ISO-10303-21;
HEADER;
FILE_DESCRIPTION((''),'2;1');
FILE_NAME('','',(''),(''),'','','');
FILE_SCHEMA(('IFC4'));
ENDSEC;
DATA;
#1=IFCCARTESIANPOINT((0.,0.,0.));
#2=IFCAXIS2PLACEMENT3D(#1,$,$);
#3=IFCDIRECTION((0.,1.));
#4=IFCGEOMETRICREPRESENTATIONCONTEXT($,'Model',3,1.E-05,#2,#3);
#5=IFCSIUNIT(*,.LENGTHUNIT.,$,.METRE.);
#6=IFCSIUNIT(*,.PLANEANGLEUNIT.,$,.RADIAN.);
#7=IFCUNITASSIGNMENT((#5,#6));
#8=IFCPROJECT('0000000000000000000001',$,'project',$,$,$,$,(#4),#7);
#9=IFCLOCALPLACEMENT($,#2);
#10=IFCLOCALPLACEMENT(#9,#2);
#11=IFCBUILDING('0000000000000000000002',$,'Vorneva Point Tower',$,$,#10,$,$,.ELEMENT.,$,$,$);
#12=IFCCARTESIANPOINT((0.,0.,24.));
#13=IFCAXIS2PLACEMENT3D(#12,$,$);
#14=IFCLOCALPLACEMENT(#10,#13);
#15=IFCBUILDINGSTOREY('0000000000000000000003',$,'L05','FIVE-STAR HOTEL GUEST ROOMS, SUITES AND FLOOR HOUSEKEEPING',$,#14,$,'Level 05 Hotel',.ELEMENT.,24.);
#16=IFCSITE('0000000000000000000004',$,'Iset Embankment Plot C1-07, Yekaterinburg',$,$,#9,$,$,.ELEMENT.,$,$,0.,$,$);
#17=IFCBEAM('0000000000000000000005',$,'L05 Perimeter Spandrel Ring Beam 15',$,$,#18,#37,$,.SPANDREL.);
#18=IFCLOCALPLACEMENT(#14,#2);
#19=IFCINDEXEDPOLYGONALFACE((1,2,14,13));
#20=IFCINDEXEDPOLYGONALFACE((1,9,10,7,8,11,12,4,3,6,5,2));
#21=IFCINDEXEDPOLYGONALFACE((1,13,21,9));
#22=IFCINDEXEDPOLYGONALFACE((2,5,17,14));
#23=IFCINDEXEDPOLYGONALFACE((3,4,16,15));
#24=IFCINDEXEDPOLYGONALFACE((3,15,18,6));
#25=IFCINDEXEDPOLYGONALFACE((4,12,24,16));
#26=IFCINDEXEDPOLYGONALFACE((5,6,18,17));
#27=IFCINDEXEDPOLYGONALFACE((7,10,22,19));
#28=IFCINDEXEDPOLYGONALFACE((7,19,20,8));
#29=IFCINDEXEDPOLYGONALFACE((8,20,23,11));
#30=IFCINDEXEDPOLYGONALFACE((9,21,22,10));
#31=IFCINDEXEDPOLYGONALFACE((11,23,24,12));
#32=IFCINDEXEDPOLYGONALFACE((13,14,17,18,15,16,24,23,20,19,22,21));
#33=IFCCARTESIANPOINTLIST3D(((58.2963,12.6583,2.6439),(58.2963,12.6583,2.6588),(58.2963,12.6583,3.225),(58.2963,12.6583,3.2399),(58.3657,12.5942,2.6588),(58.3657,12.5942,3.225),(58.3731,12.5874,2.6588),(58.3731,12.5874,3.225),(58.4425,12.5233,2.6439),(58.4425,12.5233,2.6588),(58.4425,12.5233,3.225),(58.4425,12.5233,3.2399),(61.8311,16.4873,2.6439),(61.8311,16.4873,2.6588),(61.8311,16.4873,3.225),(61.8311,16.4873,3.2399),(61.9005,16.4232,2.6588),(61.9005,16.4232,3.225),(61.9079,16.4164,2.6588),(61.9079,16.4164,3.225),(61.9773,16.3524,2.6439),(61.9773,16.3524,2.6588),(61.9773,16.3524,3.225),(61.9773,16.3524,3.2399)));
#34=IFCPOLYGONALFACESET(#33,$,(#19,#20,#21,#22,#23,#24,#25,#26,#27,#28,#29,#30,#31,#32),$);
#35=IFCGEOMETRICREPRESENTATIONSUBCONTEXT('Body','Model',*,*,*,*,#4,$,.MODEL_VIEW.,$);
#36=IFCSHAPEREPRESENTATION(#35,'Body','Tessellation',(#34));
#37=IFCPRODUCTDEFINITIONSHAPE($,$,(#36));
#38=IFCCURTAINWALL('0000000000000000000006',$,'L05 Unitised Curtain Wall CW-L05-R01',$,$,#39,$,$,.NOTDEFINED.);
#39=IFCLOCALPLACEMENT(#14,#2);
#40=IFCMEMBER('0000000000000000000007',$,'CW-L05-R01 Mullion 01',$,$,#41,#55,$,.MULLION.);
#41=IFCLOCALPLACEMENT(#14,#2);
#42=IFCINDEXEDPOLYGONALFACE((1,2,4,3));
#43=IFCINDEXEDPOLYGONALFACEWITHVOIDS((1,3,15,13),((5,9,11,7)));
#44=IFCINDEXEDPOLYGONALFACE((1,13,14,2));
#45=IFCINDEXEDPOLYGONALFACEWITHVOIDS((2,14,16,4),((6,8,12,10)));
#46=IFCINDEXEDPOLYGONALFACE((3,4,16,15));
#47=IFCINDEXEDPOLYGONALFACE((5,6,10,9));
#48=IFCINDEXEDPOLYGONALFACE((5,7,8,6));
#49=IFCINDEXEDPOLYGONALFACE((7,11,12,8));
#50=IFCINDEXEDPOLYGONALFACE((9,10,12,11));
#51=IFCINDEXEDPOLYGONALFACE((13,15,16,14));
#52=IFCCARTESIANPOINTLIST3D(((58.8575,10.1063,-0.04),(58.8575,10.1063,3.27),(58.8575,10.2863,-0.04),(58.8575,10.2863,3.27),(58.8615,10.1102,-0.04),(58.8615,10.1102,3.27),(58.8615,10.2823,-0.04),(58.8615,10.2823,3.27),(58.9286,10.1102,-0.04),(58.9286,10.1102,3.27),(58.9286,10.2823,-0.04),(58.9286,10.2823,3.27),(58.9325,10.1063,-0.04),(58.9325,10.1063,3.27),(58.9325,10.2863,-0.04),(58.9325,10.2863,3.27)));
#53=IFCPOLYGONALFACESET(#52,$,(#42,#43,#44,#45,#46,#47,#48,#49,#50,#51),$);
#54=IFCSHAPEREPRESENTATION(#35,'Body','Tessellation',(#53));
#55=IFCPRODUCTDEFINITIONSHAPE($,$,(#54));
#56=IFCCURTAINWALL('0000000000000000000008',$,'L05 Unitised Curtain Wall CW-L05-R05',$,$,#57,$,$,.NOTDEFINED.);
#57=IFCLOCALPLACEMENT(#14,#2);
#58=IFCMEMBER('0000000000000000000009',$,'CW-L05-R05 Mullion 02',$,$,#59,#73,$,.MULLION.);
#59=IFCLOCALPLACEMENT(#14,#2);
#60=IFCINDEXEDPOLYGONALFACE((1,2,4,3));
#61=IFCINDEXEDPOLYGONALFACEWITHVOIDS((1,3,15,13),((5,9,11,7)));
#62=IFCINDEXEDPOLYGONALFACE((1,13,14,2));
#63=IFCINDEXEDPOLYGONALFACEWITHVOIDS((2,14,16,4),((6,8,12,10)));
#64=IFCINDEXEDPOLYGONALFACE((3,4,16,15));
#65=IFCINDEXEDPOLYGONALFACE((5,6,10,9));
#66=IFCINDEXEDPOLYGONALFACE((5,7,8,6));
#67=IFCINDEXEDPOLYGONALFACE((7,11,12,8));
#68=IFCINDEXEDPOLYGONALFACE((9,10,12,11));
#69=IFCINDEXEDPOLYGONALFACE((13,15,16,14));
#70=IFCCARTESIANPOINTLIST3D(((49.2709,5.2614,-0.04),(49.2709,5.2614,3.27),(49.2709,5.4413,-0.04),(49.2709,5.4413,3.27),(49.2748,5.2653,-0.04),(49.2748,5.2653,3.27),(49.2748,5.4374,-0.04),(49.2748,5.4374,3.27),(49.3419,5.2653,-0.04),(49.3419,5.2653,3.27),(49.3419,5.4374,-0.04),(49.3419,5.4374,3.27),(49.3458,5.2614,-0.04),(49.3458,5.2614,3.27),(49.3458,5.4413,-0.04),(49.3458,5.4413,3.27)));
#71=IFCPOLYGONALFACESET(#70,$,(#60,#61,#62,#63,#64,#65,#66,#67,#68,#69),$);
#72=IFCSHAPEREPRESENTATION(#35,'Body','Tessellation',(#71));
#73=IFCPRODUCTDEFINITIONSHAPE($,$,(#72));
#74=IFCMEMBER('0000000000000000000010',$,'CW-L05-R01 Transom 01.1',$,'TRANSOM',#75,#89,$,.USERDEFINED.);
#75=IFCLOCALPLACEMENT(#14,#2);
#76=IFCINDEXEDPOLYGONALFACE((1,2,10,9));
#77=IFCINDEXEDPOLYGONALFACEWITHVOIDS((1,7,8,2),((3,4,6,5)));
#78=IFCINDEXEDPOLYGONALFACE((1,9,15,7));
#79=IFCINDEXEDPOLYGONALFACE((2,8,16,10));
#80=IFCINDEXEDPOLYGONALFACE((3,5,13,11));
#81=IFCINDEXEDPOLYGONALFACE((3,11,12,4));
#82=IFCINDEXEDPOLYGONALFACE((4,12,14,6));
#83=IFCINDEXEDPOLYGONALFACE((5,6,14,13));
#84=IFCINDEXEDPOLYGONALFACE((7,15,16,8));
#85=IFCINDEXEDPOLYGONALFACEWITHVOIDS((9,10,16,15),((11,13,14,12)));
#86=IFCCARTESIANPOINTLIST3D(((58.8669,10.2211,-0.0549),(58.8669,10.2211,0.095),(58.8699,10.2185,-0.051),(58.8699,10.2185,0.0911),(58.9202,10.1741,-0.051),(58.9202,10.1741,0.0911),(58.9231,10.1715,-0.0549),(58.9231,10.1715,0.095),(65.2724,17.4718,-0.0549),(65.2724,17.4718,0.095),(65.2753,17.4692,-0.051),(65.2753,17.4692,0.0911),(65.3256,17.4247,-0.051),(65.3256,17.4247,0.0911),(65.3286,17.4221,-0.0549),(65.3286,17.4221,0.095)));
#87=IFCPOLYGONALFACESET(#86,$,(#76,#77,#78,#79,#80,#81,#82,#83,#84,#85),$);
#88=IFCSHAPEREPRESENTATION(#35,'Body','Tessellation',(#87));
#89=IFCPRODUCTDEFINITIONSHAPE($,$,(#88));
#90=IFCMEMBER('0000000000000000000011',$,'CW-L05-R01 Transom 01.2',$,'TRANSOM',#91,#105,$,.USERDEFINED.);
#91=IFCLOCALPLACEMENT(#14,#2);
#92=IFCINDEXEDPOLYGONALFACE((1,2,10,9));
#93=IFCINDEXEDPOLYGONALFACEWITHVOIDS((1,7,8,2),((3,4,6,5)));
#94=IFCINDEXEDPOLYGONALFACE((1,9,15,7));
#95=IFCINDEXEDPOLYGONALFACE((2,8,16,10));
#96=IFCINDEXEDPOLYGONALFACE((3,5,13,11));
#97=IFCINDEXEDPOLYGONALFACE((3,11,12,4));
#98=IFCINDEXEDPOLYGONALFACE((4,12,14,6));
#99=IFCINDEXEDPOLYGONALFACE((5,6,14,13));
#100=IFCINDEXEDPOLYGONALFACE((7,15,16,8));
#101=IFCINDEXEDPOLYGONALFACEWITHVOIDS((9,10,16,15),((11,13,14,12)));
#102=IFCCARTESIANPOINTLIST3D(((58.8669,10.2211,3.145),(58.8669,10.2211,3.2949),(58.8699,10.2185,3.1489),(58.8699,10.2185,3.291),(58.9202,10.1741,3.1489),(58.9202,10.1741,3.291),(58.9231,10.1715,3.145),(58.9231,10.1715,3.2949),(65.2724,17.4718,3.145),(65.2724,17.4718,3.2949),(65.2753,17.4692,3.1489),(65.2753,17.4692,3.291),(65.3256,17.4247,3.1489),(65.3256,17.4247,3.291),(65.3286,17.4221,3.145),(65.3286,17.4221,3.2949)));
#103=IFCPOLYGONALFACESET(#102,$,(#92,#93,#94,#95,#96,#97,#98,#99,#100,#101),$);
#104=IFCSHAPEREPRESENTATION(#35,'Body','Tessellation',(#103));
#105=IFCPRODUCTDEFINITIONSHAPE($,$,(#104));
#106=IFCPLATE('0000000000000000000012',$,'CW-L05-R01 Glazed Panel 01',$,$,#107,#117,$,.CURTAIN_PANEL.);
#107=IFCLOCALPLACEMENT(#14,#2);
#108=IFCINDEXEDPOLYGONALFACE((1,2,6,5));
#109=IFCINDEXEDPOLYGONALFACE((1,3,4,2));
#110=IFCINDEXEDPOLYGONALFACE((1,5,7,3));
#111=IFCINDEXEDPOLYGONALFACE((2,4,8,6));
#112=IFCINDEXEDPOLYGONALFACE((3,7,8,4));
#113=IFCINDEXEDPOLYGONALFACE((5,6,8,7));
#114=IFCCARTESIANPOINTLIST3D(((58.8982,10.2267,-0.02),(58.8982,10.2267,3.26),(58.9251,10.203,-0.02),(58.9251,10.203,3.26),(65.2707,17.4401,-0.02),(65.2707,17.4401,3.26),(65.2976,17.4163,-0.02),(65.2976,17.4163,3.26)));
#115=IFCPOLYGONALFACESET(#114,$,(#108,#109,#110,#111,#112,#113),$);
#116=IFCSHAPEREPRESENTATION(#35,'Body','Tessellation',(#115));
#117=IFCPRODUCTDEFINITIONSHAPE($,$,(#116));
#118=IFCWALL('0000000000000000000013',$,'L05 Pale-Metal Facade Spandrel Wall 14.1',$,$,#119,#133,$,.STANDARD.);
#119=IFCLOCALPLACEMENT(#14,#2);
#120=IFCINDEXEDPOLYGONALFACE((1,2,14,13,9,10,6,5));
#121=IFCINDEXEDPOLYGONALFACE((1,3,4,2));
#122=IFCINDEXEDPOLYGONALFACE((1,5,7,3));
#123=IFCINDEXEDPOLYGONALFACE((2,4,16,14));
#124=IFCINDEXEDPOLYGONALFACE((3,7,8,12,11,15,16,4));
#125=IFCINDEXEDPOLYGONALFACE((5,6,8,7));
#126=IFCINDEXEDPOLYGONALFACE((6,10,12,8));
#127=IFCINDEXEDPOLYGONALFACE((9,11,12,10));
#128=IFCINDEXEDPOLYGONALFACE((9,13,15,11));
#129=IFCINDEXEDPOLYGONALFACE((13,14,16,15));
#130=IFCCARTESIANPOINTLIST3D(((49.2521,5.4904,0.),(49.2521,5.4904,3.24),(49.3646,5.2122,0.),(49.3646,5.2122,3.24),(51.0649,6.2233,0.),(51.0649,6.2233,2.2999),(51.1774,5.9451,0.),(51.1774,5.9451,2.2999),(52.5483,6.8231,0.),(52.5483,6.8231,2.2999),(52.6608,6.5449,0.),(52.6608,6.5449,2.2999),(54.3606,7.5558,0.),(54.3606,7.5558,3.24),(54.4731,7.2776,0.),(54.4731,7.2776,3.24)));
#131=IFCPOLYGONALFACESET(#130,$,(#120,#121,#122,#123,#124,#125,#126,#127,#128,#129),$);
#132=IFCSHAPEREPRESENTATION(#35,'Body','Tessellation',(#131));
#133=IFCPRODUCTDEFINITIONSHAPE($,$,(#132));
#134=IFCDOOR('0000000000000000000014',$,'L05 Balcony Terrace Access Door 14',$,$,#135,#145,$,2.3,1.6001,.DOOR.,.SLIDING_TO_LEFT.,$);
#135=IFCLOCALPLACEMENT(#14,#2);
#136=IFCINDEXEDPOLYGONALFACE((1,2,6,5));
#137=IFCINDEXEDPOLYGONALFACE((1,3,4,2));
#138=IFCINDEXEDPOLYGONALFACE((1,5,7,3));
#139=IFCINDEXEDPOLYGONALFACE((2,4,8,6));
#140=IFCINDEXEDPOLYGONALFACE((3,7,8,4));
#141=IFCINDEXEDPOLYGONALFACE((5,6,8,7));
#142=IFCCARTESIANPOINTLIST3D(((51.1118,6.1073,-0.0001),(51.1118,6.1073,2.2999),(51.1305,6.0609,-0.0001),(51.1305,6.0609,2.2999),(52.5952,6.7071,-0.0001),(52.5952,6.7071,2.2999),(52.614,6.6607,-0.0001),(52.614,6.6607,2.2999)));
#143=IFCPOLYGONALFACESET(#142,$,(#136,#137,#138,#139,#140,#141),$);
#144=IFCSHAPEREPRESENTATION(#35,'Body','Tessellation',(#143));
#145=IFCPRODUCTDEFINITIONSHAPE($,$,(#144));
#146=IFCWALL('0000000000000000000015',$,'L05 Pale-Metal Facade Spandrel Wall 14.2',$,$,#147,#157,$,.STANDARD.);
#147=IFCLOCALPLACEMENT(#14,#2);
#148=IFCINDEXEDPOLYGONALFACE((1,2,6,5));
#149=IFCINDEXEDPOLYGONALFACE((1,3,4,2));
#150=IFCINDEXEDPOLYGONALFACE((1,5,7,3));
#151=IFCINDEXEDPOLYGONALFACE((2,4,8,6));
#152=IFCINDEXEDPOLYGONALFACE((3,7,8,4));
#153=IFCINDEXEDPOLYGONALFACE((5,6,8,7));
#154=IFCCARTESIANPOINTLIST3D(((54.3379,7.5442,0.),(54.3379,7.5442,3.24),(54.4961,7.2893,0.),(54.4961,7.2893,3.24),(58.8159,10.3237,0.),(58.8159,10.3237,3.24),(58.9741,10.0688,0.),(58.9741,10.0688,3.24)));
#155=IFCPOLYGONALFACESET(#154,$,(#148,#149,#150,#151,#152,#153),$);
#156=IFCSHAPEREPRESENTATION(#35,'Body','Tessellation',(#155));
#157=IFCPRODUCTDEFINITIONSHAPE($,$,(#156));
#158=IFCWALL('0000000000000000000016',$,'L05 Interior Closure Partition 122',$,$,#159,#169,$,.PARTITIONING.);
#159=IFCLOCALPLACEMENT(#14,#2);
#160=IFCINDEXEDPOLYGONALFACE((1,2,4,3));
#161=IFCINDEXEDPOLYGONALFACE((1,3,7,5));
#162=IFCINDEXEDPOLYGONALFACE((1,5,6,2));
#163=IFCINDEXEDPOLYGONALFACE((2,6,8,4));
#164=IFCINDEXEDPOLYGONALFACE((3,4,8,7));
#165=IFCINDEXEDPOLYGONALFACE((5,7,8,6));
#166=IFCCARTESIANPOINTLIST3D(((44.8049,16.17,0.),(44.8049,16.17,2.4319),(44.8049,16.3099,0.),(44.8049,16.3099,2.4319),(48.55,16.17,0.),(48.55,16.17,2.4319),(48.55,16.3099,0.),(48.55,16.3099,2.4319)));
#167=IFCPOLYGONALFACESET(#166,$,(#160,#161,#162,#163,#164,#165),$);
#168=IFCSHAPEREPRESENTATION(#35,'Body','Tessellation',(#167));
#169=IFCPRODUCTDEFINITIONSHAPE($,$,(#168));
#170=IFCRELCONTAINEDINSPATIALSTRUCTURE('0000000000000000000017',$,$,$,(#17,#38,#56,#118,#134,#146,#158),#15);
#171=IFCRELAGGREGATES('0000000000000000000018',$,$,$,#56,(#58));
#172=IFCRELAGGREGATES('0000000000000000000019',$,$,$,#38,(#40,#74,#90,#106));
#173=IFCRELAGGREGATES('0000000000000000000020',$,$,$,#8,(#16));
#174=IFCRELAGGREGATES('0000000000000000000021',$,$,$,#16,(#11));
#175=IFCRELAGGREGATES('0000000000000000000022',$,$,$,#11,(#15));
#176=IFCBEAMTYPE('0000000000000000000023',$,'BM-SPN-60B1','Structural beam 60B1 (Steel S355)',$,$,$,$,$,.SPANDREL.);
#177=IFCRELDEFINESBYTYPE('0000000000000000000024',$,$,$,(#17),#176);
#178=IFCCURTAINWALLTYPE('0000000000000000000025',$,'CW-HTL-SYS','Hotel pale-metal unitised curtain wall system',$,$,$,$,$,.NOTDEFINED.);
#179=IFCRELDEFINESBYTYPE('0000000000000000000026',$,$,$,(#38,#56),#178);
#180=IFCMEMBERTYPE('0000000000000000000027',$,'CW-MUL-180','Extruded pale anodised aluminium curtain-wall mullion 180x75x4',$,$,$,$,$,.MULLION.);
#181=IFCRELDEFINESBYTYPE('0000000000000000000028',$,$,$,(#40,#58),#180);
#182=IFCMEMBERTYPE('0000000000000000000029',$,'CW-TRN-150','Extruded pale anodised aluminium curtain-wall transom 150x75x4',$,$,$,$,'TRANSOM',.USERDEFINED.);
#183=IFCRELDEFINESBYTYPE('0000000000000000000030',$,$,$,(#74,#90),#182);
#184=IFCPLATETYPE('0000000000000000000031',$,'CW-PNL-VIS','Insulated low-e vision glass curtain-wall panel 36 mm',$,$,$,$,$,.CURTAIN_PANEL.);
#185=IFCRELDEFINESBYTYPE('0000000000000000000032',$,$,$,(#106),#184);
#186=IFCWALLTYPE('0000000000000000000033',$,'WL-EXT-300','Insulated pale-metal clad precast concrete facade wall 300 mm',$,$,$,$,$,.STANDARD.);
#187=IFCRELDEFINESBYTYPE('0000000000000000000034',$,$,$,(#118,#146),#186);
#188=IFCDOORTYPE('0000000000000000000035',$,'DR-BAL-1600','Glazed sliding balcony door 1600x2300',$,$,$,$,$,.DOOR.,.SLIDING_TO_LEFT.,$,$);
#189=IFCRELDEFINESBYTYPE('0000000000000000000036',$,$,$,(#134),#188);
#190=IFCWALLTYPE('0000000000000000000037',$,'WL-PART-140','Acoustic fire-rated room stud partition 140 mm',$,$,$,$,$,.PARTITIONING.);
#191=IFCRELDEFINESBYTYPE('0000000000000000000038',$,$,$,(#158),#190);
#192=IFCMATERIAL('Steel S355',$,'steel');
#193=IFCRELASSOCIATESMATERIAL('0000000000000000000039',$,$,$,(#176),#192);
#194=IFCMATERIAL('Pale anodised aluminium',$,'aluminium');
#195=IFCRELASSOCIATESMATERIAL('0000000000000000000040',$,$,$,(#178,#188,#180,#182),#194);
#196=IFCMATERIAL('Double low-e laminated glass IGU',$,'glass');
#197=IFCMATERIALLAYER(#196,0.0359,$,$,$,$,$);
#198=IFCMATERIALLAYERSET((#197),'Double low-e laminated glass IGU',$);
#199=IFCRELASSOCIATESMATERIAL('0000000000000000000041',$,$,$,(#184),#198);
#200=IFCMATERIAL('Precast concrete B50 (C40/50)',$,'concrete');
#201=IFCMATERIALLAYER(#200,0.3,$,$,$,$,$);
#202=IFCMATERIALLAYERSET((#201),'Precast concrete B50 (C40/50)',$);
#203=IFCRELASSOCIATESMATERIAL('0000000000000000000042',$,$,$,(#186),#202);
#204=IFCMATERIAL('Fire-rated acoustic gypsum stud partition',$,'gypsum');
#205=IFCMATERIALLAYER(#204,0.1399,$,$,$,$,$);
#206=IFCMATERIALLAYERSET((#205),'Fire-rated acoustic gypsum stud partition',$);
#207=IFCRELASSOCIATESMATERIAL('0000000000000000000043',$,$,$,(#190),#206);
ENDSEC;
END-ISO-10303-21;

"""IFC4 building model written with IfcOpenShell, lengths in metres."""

from ifc_helpers import new_model, si_unit, direction, frame, frame_2d, origin, origin_2d, place, context, subcontext, project, spatial, rectangle, hollow_rectangle, i_section, extrude, material, layer, layer_set, material_profile, profile_set, type_object, element, fill, aggregate, save


model = new_model("IFC4")

# Units and contexts
model_context = context("Model", 3, precision=1e-05, world=origin(), true_north=direction((0.0, 1.0)))
body_context = subcontext(model_context, "Body", "Model", "MODEL_VIEW")
ifc_project = project(units=[si_unit("LENGTHUNIT", "METRE"), si_unit("PLANEANGLEUNIT", "RADIAN")], contexts=[model_context])

# Site, building, storey
site_placement = place(None, origin())
site = spatial("IfcSite", under=ifc_project, at=site_placement, Name="Iset Embankment Plot C1-07, Yekaterinburg", CompositionType="ELEMENT", RefElevation=0.0)
building_placement = place(site_placement, origin())
building = spatial("IfcBuilding", under=site, at=building_placement, Name="Vorneva Point Tower", CompositionType="ELEMENT")
storey_placement = place(building_placement, frame((0.0, 0.0, 24.0)))
storey = spatial("IfcBuildingStorey", under=building, at=storey_placement, Name="L05", Description="FIVE-STAR HOTEL GUEST ROOMS, SUITES AND FLOOR HOUSEKEEPING", LongName="Level 05 Hotel", CompositionType="ELEMENT", Elevation=24.0)

# Beam
ifc_material_1 = material(Name="Steel S355", Category="steel")
ifc_material_profile_1 = material_profile(ifc_material_1, i_section(OverallWidth=0.199, OverallDepth=0.5959, WebThickness=0.01, FlangeThickness=0.0149, at=origin_2d()), Name="60B1")
ifc_profile_set_1 = profile_set([ifc_material_profile_1], Name="Steel S355")
beam_type_1 = type_object("IfcBeamType", Name="BM-SPN-60B1", Description="Structural beam 60B1 (Steel S355)", PredefinedType="SPANDREL", material=ifc_profile_set_1)
beam_1_placement = place(storey_placement, frame((58.3694, 12.5908, 2.9419), z_axis=(0.678317, 0.734769, 0.0), x_axis=(-0.734769, 0.678317, 0.0)))
element("IfcBeam", 1, at=beam_1_placement, inside=storey, type_object=beam_type_1, Name="L05 Perimeter Spandrel Ring Beam 15", PredefinedType="SPANDREL", context=body_context, shape_type="SweptSolid", body=[
    extrude(i_section(OverallWidth=0.199, OverallDepth=0.5959, WebThickness=0.01, FlangeThickness=0.0149, at=origin_2d()), origin(), (0.0, 0.0, 1.0), 5.2112),
])

# Curtain walls, members
ifc_material_2 = material(Name="Pale anodised aluminium", Category="aluminium")
curtain_wall_type = type_object("IfcCurtainWallType", Name="CW-HTL-SYS", Description="Hotel pale-metal unitised curtain wall system", PredefinedType="NOTDEFINED", material=ifc_material_2)
curtain_wall_1_placement = place(storey_placement, origin())
curtain_wall_1 = element("IfcCurtainWall", 2, at=curtain_wall_1_placement, inside=storey, type_object=curtain_wall_type, Name="L05 Unitised Curtain Wall CW-L05-R01", PredefinedType="NOTDEFINED")
ifc_material_profile_2 = material_profile(ifc_material_2, hollow_rectangle(XDim=0.075, YDim=0.1799, WallThickness=0.0039, at=origin_2d()), Name="AL-MUL 180x75x4")
ifc_profile_set_2 = profile_set([ifc_material_profile_2], Name="Pale anodised aluminium")
member_type_1 = type_object("IfcMemberType", Name="CW-MUL-180", Description="Extruded pale anodised aluminium curtain-wall mullion 180x75x4", PredefinedType="MULLION", material=ifc_profile_set_2)
member_1_placement = place(storey_placement, frame((58.895, 10.1963, -0.04), z_axis=(0.0, 0.0, 1.0), x_axis=(1.0, 0.0, 0.0)))
member_1 = element("IfcMember", 3, at=member_1_placement, type_object=member_type_1, Name="CW-L05-R01 Mullion 01", PredefinedType="MULLION", context=body_context, shape_type="SweptSolid", body=[
    extrude(hollow_rectangle(XDim=0.075, YDim=0.1799, WallThickness=0.0039, at=origin_2d()), origin(), (0.0, 0.0, 1.0), 3.3101),
])
curtain_wall_2_placement = place(storey_placement, origin())
curtain_wall_2 = element("IfcCurtainWall", 4, at=curtain_wall_2_placement, inside=storey, type_object=curtain_wall_type, Name="L05 Unitised Curtain Wall CW-L05-R05", PredefinedType="NOTDEFINED")
member_2_placement = place(storey_placement, frame((49.3083, 5.3513, -0.04), z_axis=(0.0, 0.0, 1.0), x_axis=(1.0, 0.0, 0.0)))
member_2 = element("IfcMember", 5, at=member_2_placement, type_object=member_type_1, Name="CW-L05-R05 Mullion 02", PredefinedType="MULLION", context=body_context, shape_type="SweptSolid", body=[
    extrude(hollow_rectangle(XDim=0.075, YDim=0.1799, WallThickness=0.0039, at=origin_2d()), origin(), (0.0, 0.0, 1.0), 3.3101),
])
aggregate(curtain_wall_2, [member_2])

# Members
ifc_material_profile_3 = material_profile(ifc_material_2, hollow_rectangle(XDim=0.075, YDim=0.1499, WallThickness=0.0039, at=origin_2d()), Name="AL-TRN 150x75x4")
ifc_profile_set_3 = profile_set([ifc_material_profile_3], Name="Pale anodised aluminium")
member_type_2 = type_object("IfcMemberType", Name="CW-TRN-150", Description="Extruded pale anodised aluminium curtain-wall transom 150x75x4", ElementType="TRANSOM", PredefinedType="USERDEFINED", material=ifc_profile_set_3)
member_3_placement = place(storey_placement, frame((58.895, 10.1963, 0.02), z_axis=(0.662076, 0.749437, 0.0), x_axis=(-0.749437, 0.662076, 0.0)))
member_3 = element("IfcMember", 6, at=member_3_placement, type_object=member_type_2, Name="CW-L05-R01 Transom 01.1", ObjectType="TRANSOM", PredefinedType="USERDEFINED", context=body_context, shape_type="SweptSolid", body=[
    extrude(hollow_rectangle(XDim=0.075, YDim=0.1499, WallThickness=0.0039, at=origin_2d()), origin(), (0.0, 0.0, 1.0), 9.6748),
])
member_4_placement = place(storey_placement, frame((58.895, 10.1963, 3.22), z_axis=(0.662076, 0.749437, 0.0), x_axis=(-0.749437, 0.662076, 0.0)))
member_4 = element("IfcMember", 7, at=member_4_placement, type_object=member_type_2, Name="CW-L05-R01 Transom 01.2", ObjectType="TRANSOM", PredefinedType="USERDEFINED", context=body_context, shape_type="SweptSolid", body=[
    extrude(hollow_rectangle(XDim=0.075, YDim=0.1499, WallThickness=0.0039, at=origin_2d()), origin(), (0.0, 0.0, 1.0), 9.6748),
])

# Plate
ifc_material_3 = material(Name="Double low-e laminated glass IGU", Category="glass")
ifc_layer_1 = layer(ifc_material_3, 0.0359)
ifc_layer_set_1 = layer_set([ifc_layer_1], Name="Double low-e laminated glass IGU")
plate_type = type_object("IfcPlateType", Name="CW-PNL-VIS", Description="Insulated low-e vision glass curtain-wall panel 36 mm", PredefinedType="CURTAIN_PANEL", material=ifc_layer_set_1)
plate_placement = place(storey_placement, frame((62.0979, 13.8215, -0.02), z_axis=(0.0, 0.0, 1.0), x_axis=(0.662071, 0.749441, 0.0)))
plate = element("IfcPlate", 8, at=plate_placement, type_object=plate_type, Name="CW-L05-R01 Glazed Panel 01", PredefinedType="CURTAIN_PANEL", context=body_context, shape_type="SweptSolid", body=[
    extrude(rectangle(XDim=9.625, YDim=0.0359, at=origin_2d()), origin(), (0.0, 0.0, 1.0), 3.28),
])
aggregate(curtain_wall_1, [member_1, member_3, member_4, plate])

# Wall, opening, door
ifc_material_4 = material(Name="Precast concrete B50 (C40/50)", Category="concrete")
ifc_layer_2 = layer(ifc_material_4, 0.3)
ifc_layer_set_2 = layer_set([ifc_layer_2], Name="Precast concrete B50 (C40/50)")
wall_type_1 = type_object("IfcWallType", Name="WL-EXT-300", Description="Insulated pale-metal clad precast concrete facade wall 300 mm", PredefinedType="STANDARD", material=ifc_layer_set_2)
wall_1_placement = place(storey_placement, frame((49.3083, 5.3513, 0.0), z_axis=(0.0, 0.0, 1.0), x_axis=(0.927095, 0.374826, 0.0)))
wall_1 = element("IfcWall", 9, at=wall_1_placement, inside=storey, type_object=wall_type_1, Name="L05 Pale-Metal Facade Spandrel Wall 14.1", PredefinedType="STANDARD", context=body_context, shape_type="SweptSolid", body=[
    extrude(rectangle(XDim=5.5103, YDim=0.3, at=frame_2d((2.7551, 0.0))), origin(), (0.0, 0.0, 1.0), 3.24),
])
opening_1_placement = place(wall_1_placement, frame((1.9553, 0.0, 0.0)))
opening_1 = element("IfcOpeningElement", 10, at=opening_1_placement, cuts=wall_1, PredefinedType="OPENING", context=body_context, shape_type="SweptSolid", body=[
    extrude(rectangle(XDim=1.6001, YDim=2.3, at=frame_2d((0.8, 1.1499))), frame((0.0, 0.165, 0.0), z_axis=(0.0, -1.0, 0.0), x_axis=(1.0, 0.0, 0.0)), (0.0, 0.0, 1.0), 0.3298),
])
door_type_1 = type_object("IfcDoorType", Name="DR-BAL-1600", Description="Glazed sliding balcony door 1600x2300", OperationType="SLIDING_TO_LEFT", PredefinedType="DOOR", material=ifc_material_2)
door_1_placement = place(opening_1_placement, origin())
door_1 = element("IfcDoor", 11, at=door_1_placement, inside=storey, type_object=door_type_1, Name="L05 Balcony Terrace Access Door 14", OperationType="SLIDING_TO_LEFT", OverallHeight=2.3, OverallWidth=1.6001, PredefinedType="DOOR", context=body_context, shape_type="SweptSolid", body=[
    extrude(rectangle(XDim=1.6001, YDim=2.3, at=frame_2d((0.8, 1.1499))), frame((0.0, 0.0249, 0.0), z_axis=(0.0, -1.0, 0.0), x_axis=(1.0, 0.0, 0.0)), (0.0, 0.0, 1.0), 0.05),
])
fill(opening_1, door_1)

# Walls
wall_2_placement = place(storey_placement, frame((54.417, 7.4167, 0.0), z_axis=(0.0, 0.0, 1.0), x_axis=(0.849634, 0.527373, 0.0)))
element("IfcWall", 12, at=wall_2_placement, inside=storey, type_object=wall_type_1, Name="L05 Pale-Metal Facade Spandrel Wall 14.2", PredefinedType="STANDARD", context=body_context, shape_type="SweptSolid", body=[
    extrude(rectangle(XDim=5.2705, YDim=0.3, at=frame_2d((2.6353, 0.0))), origin(), (0.0, 0.0, 1.0), 3.24),
])
ifc_material_5 = material(Name="Fire-rated acoustic gypsum stud partition", Category="gypsum")
ifc_layer_3 = layer(ifc_material_5, 0.1399)
ifc_layer_set_3 = layer_set([ifc_layer_3], Name="Fire-rated acoustic gypsum stud partition")
wall_type_2 = type_object("IfcWallType", Name="WL-PART-140", Description="Acoustic fire-rated room stud partition 140 mm", PredefinedType="PARTITIONING", material=ifc_layer_set_3)
wall_3_placement = place(storey_placement, frame((48.55, 16.24, 0.0), z_axis=(0.0, 0.0, 1.0), x_axis=(-1.0, 0.0, 0.0)))
element("IfcWall", 13, at=wall_3_placement, inside=storey, type_object=wall_type_2, Name="L05 Interior Closure Partition 122", PredefinedType="PARTITIONING", context=body_context, shape_type="SweptSolid", body=[
    extrude(rectangle(XDim=3.7451, YDim=0.1399, at=frame_2d((1.8726, 0.0))), origin(), (0.0, 0.0, 1.0), 2.4319),
])

save(model, "model.ifc")
